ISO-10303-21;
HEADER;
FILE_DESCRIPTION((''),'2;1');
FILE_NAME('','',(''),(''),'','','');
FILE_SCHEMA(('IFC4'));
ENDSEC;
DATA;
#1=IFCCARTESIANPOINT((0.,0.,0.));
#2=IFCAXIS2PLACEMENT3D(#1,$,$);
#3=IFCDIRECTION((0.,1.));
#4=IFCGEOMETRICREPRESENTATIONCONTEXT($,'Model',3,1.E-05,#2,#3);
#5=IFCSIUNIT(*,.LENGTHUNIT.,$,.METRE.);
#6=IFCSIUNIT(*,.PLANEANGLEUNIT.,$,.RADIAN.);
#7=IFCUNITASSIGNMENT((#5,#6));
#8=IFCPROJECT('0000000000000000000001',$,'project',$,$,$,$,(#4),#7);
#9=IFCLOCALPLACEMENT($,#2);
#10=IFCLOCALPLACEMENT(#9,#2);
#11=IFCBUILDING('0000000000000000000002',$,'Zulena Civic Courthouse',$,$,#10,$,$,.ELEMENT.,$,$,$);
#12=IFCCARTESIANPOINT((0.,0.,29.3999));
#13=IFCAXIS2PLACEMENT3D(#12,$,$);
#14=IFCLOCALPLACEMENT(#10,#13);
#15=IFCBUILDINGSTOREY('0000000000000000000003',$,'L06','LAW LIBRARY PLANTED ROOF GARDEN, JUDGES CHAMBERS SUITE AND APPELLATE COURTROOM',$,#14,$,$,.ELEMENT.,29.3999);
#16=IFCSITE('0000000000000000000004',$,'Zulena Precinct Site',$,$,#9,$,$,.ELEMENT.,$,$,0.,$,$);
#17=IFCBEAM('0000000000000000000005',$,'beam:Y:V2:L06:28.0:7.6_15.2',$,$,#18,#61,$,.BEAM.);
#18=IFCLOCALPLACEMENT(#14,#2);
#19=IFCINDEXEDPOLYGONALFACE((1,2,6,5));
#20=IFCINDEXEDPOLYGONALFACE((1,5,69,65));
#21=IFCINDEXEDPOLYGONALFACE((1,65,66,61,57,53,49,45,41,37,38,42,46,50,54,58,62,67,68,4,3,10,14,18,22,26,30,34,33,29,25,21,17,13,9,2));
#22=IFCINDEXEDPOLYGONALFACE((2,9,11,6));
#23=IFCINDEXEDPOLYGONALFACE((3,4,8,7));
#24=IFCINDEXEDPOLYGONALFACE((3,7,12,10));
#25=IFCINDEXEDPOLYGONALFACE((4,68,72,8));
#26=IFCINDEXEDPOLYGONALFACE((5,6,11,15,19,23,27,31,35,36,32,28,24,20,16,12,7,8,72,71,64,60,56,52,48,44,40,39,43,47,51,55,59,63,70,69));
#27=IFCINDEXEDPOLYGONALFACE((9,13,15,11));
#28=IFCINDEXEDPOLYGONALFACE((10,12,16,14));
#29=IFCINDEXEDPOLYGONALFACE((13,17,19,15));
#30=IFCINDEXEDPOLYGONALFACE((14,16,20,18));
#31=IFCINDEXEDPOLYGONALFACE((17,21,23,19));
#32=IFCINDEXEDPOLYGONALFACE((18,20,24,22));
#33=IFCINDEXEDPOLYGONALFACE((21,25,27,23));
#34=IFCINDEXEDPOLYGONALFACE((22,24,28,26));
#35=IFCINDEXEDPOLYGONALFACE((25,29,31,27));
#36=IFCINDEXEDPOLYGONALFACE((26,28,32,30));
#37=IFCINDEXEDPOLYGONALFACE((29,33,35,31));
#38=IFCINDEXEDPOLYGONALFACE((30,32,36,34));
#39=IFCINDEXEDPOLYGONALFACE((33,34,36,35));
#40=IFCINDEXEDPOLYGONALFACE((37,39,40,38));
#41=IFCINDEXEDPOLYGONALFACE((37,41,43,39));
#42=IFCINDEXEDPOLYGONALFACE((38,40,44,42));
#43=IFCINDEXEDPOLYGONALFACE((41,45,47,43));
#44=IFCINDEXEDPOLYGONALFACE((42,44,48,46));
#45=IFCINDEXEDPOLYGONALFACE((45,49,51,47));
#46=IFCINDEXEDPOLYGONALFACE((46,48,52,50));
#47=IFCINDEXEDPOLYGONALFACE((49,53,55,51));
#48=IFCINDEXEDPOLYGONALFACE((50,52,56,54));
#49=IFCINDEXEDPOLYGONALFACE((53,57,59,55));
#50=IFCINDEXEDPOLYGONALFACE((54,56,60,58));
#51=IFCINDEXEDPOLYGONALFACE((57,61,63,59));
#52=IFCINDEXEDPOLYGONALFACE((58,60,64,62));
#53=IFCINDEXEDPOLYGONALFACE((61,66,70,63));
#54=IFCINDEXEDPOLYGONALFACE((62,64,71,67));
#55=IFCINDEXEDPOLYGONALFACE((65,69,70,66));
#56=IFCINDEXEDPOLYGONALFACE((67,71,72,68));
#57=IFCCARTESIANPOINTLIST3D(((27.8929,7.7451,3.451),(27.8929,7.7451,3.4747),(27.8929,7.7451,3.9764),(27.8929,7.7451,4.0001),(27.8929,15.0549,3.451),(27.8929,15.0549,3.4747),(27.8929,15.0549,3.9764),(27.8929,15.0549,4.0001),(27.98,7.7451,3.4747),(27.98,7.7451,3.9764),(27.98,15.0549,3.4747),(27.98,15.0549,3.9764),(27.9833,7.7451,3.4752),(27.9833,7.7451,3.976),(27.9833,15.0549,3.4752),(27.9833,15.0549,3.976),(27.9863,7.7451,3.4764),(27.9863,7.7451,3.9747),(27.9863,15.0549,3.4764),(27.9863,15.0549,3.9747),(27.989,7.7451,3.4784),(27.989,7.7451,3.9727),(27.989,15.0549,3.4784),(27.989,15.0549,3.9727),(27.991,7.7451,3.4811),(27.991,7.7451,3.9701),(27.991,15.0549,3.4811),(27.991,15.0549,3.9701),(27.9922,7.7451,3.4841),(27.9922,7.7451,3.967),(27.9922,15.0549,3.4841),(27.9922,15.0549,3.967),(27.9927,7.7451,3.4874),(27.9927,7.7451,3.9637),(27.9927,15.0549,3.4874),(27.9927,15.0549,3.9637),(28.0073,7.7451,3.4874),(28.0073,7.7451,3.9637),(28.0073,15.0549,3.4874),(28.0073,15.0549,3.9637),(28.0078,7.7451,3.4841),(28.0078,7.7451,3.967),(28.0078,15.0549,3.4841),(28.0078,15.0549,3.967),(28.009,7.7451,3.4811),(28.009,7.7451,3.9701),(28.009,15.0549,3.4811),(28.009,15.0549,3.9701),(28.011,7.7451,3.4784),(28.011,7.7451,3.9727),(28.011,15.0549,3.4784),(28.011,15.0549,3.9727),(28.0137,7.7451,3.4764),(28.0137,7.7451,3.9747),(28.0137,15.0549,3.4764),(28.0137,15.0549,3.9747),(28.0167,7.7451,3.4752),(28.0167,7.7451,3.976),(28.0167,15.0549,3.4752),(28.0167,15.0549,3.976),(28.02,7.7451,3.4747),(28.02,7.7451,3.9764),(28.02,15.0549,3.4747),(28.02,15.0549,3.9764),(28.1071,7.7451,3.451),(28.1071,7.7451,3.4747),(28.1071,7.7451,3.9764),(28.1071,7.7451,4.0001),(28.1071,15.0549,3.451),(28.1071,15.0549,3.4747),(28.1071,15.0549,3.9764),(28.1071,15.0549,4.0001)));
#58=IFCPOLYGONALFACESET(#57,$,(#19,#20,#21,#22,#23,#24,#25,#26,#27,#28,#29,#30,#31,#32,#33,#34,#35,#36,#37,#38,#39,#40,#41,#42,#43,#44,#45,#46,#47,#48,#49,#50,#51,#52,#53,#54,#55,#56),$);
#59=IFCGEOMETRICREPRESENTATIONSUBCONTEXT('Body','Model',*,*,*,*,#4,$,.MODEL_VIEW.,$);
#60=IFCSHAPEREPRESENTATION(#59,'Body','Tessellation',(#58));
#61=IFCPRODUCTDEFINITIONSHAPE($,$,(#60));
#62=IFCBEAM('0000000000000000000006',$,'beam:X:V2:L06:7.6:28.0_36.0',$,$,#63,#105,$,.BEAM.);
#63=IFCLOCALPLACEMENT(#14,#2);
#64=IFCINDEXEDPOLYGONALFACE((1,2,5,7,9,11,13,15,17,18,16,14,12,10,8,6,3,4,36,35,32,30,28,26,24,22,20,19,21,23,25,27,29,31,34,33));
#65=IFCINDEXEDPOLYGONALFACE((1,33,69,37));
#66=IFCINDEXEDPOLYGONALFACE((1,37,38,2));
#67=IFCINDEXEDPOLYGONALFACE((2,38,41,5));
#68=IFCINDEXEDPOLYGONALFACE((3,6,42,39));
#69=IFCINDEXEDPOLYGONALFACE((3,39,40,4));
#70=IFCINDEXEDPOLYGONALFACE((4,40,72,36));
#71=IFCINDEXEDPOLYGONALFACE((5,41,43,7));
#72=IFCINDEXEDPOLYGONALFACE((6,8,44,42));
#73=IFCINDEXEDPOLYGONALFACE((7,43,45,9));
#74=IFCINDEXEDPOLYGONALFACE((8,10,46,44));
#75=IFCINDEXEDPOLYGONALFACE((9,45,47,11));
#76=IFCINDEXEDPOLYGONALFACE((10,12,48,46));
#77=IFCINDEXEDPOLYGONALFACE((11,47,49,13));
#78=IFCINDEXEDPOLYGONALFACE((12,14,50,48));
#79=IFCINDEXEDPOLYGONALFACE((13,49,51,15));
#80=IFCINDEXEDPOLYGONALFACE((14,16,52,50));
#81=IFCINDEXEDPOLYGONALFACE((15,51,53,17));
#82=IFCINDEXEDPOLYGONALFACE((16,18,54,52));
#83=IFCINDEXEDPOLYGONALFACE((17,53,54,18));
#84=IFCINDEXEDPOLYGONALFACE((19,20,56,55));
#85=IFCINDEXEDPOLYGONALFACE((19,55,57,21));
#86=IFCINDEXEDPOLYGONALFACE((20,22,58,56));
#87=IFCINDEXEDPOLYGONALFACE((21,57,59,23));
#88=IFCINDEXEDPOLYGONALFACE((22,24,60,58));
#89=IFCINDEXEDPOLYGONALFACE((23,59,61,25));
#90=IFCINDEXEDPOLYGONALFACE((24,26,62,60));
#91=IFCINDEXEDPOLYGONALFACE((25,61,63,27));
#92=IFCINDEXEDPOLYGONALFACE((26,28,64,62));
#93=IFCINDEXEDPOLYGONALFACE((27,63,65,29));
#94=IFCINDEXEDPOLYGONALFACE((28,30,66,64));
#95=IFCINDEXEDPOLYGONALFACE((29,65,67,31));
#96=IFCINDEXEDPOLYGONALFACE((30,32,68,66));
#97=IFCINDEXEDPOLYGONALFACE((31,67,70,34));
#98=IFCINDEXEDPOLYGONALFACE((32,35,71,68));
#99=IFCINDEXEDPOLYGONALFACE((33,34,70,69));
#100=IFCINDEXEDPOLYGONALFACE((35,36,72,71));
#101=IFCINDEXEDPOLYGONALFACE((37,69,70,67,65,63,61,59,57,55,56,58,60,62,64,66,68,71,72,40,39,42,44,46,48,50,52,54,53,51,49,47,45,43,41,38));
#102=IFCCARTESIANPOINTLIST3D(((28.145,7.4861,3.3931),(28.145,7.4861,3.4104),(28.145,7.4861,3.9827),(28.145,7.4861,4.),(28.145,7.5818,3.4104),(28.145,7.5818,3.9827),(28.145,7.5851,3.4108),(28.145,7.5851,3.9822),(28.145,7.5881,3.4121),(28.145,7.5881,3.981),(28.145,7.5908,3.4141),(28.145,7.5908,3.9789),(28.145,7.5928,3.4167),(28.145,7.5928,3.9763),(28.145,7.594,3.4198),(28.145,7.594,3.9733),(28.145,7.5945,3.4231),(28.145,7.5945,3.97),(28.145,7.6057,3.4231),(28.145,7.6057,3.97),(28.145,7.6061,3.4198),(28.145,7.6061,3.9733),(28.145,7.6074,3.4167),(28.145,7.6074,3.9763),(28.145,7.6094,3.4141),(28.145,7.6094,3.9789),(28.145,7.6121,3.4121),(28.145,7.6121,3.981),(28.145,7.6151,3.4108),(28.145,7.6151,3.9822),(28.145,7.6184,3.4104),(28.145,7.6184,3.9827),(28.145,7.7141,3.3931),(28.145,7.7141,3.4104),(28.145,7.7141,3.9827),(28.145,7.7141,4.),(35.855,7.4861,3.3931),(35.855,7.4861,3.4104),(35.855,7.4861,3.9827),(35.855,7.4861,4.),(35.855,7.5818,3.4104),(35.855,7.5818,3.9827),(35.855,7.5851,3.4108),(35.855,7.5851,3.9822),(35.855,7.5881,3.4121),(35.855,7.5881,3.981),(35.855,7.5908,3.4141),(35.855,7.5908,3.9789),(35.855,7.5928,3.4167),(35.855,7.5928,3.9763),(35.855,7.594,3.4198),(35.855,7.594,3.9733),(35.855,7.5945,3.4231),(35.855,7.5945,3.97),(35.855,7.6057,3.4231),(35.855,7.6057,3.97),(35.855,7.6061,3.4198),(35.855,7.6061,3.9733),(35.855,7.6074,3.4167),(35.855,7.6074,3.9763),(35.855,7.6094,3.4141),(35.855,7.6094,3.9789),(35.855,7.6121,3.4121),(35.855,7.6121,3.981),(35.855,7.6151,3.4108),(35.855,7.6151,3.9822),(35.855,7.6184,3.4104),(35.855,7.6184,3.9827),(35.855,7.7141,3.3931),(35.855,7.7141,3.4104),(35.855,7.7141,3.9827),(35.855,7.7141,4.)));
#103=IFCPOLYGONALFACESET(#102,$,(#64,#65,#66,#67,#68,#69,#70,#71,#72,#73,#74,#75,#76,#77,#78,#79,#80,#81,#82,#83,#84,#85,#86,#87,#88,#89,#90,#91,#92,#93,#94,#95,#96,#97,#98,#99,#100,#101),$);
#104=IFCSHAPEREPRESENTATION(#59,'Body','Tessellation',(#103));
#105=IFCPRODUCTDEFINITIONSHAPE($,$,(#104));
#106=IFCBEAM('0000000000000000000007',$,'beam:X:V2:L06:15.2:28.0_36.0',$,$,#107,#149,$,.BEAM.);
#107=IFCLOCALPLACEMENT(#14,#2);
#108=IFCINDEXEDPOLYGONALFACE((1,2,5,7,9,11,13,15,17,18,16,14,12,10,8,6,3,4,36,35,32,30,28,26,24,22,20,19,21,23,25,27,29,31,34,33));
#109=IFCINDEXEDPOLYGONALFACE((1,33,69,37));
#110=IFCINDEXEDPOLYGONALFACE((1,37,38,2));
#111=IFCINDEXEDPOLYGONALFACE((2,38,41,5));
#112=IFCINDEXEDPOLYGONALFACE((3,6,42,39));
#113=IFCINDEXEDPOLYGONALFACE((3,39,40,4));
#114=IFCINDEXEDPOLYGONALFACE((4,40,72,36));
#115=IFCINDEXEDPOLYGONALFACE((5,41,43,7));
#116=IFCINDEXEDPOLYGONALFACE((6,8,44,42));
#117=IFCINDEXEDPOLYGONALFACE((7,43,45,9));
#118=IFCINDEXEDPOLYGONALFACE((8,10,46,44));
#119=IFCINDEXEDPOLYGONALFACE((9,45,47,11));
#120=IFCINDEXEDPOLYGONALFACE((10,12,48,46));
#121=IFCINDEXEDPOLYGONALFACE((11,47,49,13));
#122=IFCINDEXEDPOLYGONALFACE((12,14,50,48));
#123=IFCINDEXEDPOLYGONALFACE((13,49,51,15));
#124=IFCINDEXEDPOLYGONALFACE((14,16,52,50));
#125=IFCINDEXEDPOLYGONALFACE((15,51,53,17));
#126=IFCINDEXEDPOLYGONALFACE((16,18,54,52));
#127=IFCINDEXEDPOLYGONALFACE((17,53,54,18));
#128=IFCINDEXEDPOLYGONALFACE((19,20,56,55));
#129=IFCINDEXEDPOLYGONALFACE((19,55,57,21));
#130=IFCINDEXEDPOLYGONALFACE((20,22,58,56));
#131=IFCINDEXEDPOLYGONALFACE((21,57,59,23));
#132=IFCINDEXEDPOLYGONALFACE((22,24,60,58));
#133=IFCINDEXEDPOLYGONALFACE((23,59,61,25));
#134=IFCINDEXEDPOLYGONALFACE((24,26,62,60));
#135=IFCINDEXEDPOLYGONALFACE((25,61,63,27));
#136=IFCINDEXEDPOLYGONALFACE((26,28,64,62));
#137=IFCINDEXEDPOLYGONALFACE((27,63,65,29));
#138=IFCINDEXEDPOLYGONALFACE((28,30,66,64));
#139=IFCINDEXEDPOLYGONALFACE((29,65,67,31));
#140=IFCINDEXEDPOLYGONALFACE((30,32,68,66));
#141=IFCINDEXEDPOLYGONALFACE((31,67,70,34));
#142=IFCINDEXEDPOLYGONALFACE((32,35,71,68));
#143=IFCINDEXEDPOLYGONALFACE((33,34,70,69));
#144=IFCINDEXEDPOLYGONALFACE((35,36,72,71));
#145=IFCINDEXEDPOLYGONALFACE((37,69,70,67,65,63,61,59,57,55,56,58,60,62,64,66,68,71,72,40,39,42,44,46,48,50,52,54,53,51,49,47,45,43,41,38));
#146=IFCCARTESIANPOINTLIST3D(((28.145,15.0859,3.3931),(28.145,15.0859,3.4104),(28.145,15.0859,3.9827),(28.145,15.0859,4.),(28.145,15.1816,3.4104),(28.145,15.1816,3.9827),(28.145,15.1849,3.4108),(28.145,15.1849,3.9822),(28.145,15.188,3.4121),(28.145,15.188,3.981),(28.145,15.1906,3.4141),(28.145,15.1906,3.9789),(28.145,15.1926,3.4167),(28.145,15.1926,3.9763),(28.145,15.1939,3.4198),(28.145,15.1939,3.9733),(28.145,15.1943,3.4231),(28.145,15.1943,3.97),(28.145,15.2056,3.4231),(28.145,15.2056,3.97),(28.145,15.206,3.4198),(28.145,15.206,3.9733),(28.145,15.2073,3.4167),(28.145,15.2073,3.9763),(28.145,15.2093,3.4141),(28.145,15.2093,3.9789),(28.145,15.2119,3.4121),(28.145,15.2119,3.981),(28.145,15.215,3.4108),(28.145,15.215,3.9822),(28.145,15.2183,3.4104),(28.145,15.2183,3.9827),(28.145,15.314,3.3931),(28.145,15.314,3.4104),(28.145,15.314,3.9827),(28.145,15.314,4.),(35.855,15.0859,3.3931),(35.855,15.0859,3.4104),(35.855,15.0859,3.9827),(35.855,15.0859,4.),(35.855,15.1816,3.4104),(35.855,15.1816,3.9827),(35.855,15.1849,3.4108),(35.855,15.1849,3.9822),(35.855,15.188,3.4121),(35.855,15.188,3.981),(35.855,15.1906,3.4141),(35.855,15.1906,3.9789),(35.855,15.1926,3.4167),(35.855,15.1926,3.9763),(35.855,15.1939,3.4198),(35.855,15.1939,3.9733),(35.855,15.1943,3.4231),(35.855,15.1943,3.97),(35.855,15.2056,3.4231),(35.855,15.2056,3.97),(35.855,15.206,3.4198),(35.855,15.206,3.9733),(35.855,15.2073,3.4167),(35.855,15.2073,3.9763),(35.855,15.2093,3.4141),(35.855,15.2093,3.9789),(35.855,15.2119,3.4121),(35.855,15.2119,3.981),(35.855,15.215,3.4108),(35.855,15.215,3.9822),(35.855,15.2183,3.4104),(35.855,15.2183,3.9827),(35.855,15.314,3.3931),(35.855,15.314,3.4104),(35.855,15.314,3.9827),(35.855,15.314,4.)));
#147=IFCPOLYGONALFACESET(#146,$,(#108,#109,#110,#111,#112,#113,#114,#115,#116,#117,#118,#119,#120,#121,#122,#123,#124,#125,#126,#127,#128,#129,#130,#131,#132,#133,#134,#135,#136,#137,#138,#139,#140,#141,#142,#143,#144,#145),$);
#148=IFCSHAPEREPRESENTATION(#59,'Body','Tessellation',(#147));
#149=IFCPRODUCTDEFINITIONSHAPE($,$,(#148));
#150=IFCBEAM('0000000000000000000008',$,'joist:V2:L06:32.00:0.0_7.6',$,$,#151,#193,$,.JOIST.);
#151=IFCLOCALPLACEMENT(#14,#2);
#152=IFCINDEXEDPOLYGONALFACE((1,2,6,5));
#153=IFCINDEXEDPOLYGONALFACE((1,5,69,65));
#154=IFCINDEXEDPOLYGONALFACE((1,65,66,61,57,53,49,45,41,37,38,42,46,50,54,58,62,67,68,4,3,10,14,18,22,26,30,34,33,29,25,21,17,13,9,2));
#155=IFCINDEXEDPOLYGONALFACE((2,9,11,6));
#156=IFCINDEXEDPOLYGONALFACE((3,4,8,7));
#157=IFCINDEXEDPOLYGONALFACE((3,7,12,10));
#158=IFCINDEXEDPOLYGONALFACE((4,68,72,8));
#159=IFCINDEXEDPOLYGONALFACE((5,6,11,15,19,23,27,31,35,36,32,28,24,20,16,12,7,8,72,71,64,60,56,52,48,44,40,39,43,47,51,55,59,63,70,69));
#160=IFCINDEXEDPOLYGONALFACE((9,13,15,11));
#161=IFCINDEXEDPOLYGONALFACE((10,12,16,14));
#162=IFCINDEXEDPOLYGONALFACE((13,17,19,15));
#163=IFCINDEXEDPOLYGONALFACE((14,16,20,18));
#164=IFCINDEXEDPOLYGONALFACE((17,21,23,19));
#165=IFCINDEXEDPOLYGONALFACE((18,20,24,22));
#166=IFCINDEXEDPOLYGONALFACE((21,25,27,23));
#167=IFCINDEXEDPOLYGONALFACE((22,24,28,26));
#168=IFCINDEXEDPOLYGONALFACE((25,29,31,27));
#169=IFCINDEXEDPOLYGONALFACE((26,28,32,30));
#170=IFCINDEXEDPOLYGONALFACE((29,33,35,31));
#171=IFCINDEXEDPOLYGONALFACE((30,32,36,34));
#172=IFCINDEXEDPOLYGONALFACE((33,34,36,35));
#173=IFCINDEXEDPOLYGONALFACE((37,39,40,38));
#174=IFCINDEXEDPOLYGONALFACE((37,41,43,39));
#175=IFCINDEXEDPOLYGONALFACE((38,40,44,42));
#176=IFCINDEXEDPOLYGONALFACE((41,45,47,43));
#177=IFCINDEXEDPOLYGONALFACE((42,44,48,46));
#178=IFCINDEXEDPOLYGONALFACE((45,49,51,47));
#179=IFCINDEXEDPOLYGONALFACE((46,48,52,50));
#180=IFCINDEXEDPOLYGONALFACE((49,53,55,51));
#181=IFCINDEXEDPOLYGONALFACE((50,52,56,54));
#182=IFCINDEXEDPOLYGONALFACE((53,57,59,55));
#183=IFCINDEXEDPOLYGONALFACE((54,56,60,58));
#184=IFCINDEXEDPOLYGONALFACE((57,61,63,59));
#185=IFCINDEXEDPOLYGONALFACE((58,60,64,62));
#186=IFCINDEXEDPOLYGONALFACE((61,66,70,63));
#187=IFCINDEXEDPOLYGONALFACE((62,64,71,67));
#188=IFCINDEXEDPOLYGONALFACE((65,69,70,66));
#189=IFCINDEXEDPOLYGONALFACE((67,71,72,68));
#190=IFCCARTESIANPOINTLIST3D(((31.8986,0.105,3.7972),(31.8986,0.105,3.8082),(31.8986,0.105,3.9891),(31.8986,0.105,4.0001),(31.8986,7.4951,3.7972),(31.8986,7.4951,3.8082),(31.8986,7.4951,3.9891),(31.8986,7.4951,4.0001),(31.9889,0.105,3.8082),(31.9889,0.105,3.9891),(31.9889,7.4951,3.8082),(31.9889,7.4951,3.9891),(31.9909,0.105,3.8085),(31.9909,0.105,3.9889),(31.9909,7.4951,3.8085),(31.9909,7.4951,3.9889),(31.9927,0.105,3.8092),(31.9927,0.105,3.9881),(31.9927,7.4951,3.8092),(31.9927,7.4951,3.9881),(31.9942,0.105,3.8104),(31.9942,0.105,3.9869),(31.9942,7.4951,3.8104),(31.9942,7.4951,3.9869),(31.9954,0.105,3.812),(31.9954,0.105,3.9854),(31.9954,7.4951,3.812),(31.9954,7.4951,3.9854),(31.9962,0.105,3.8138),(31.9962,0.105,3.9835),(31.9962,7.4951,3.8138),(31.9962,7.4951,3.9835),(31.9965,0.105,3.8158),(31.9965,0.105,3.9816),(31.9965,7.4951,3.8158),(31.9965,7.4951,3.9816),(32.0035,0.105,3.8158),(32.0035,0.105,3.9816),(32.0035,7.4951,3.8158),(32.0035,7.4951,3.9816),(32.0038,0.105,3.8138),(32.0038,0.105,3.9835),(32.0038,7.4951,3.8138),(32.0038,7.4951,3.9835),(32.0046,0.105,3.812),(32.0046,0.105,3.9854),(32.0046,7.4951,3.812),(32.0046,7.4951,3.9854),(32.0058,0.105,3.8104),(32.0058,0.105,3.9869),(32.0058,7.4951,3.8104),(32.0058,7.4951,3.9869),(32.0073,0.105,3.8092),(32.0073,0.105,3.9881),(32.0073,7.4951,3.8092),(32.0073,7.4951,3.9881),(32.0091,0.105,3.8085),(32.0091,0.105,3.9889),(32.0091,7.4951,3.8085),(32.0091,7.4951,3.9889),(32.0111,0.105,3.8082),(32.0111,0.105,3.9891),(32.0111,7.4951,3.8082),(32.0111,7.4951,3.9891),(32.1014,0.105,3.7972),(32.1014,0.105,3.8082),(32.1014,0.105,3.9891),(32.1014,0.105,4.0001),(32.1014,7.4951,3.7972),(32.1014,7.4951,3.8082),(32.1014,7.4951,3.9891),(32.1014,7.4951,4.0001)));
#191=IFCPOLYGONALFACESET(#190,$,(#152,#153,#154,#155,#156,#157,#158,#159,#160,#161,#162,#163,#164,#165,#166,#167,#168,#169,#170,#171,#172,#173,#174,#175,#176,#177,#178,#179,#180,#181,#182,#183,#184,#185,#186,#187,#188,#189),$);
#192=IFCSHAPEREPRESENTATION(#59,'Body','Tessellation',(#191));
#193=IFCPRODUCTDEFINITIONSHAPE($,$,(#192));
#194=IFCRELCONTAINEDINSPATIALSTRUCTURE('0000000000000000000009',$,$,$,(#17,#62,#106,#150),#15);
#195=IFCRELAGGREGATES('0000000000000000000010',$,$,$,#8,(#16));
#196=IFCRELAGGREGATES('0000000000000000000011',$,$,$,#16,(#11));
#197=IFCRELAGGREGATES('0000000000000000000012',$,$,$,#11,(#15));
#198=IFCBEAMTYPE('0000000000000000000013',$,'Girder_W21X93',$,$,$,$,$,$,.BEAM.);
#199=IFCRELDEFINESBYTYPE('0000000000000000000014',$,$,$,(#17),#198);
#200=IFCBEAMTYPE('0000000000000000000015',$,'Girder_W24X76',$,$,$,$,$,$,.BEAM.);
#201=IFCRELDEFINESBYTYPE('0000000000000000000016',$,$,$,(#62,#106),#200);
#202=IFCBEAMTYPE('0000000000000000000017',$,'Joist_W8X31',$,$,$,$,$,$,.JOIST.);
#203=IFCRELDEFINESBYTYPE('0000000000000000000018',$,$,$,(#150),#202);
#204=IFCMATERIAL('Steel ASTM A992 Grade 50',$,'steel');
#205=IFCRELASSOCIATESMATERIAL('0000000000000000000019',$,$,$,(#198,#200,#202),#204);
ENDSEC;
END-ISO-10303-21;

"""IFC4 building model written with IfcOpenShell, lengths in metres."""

from ifc_helpers import new_model, si_unit, direction, frame, origin, origin_2d, place, context, subcontext, project, spatial, i_section, extrude, material, material_profile, profile_set, type_object, element, save


model = new_model("IFC4")

# Units and contexts
model_context = context("Model", 3, precision=1e-05, world=origin(), true_north=direction((0.0, 1.0)))
body_context = subcontext(model_context, "Body", "Model", "MODEL_VIEW")
ifc_project = project(units=[si_unit("LENGTHUNIT", "METRE"), si_unit("PLANEANGLEUNIT", "RADIAN")], contexts=[model_context])

# Site, building, storey
site_placement = place(None, origin())
site = spatial("IfcSite", under=ifc_project, at=site_placement, Name="Zulena Precinct Site", CompositionType="ELEMENT", RefElevation=0.0)
building_placement = place(site_placement, origin())
building = spatial("IfcBuilding", under=site, at=building_placement, Name="Zulena Civic Courthouse", CompositionType="ELEMENT")
storey_placement = place(building_placement, frame((0.0, 0.0, 29.3999)))
storey = spatial("IfcBuildingStorey", under=building, at=storey_placement, Name="L06", Description="LAW LIBRARY PLANTED ROOF GARDEN, JUDGES CHAMBERS SUITE AND APPELLATE COURTROOM", CompositionType="ELEMENT", Elevation=29.3999)

# Shared definitions
ifc_material_1 = material(Name="Steel ASTM A992 Grade 50", Category="steel")

# Beams
ifc_material_profile_1 = material_profile(ifc_material_1, i_section(OverallWidth=0.2141, OverallDepth=0.5491, WebThickness=0.0146, FlangeThickness=0.0237, FilletRadius=0.0127, at=origin_2d()), Name="W21X93")
ifc_profile_set_1 = profile_set([ifc_material_profile_1], Name="Steel ASTM A992 Grade 50")
beam_type_1 = type_object("IfcBeamType", Name="Girder_W21X93", PredefinedType="BEAM", material=ifc_profile_set_1)
beam_1_placement = place(storey_placement, frame((28.0, 7.7451, 3.7256), z_axis=(0.0, 1.0, 0.0), x_axis=(-1.0, 0.0, 0.0)))
element("IfcBeam", 1, at=beam_1_placement, inside=storey, type_object=beam_type_1, Name="beam:Y:V2:L06:28.0:7.6_15.2", PredefinedType="BEAM", context=body_context, shape_type="SweptSolid", body=[
    extrude(i_section(OverallWidth=0.2141, OverallDepth=0.5491, WebThickness=0.0146, FlangeThickness=0.0237, FilletRadius=0.0127, at=origin_2d()), origin(), (0.0, 0.0, 1.0), 7.3098),
])
ifc_material_profile_2 = material_profile(ifc_material_1, i_section(OverallWidth=0.228, OverallDepth=0.6069, WebThickness=0.0112, FlangeThickness=0.0173, FilletRadius=0.0127, at=origin_2d()), Name="W24X76")
ifc_profile_set_2 = profile_set([ifc_material_profile_2], Name="Steel ASTM A992 Grade 50")
beam_type_2 = type_object("IfcBeamType", Name="Girder_W24X76", PredefinedType="BEAM", material=ifc_profile_set_2)
for number, where, z_axis, x_axis, name in (
    (2, (28.145, 7.6001, 3.6965), (1.0, 0.0, 0.0), (0.0, 1.0, 0.0), "beam:X:V2:L06:7.6:28.0_36.0"),
    (3, (28.145, 15.2, 3.6965), (1.0, 0.0, 0.0), (0.0, 1.0, 0.0), "beam:X:V2:L06:15.2:28.0_36.0"),
):
    element("IfcBeam", number, at=place(storey_placement, frame(where, z_axis=z_axis, x_axis=x_axis)), inside=storey, type_object=beam_type_2, Name=name, PredefinedType="BEAM", context=body_context, shape_type="SweptSolid", body=[
        extrude(i_section(OverallWidth=0.228, OverallDepth=0.6069, WebThickness=0.0112, FlangeThickness=0.0173, FilletRadius=0.0127, at=origin_2d()), origin(), (0.0, 0.0, 1.0), 7.71),
    ])
ifc_material_profile_3 = material_profile(ifc_material_1, i_section(OverallWidth=0.2029, OverallDepth=0.2029, WebThickness=0.0071, FlangeThickness=0.011, FilletRadius=0.0076, at=origin_2d()), Name="W8X31")
ifc_profile_set_3 = profile_set([ifc_material_profile_3], Name="Steel ASTM A992 Grade 50")
beam_type_3 = type_object("IfcBeamType", Name="Joist_W8X31", PredefinedType="JOIST", material=ifc_profile_set_3)
beam_2_placement = place(storey_placement, frame((32.0, 0.105, 3.8987), z_axis=(0.0, 1.0, 0.0), x_axis=(-1.0, 0.0, 0.0)))
element("IfcBeam", 4, at=beam_2_placement, inside=storey, type_object=beam_type_3, Name="joist:V2:L06:32.00:0.0_7.6", PredefinedType="JOIST", context=body_context, shape_type="SweptSolid", body=[
    extrude(i_section(OverallWidth=0.2029, OverallDepth=0.2029, WebThickness=0.0071, FlangeThickness=0.011, FilletRadius=0.0076, at=origin_2d()), origin(), (0.0, 0.0, 1.0), 7.3901),
])

save(model, "model.ifc")
